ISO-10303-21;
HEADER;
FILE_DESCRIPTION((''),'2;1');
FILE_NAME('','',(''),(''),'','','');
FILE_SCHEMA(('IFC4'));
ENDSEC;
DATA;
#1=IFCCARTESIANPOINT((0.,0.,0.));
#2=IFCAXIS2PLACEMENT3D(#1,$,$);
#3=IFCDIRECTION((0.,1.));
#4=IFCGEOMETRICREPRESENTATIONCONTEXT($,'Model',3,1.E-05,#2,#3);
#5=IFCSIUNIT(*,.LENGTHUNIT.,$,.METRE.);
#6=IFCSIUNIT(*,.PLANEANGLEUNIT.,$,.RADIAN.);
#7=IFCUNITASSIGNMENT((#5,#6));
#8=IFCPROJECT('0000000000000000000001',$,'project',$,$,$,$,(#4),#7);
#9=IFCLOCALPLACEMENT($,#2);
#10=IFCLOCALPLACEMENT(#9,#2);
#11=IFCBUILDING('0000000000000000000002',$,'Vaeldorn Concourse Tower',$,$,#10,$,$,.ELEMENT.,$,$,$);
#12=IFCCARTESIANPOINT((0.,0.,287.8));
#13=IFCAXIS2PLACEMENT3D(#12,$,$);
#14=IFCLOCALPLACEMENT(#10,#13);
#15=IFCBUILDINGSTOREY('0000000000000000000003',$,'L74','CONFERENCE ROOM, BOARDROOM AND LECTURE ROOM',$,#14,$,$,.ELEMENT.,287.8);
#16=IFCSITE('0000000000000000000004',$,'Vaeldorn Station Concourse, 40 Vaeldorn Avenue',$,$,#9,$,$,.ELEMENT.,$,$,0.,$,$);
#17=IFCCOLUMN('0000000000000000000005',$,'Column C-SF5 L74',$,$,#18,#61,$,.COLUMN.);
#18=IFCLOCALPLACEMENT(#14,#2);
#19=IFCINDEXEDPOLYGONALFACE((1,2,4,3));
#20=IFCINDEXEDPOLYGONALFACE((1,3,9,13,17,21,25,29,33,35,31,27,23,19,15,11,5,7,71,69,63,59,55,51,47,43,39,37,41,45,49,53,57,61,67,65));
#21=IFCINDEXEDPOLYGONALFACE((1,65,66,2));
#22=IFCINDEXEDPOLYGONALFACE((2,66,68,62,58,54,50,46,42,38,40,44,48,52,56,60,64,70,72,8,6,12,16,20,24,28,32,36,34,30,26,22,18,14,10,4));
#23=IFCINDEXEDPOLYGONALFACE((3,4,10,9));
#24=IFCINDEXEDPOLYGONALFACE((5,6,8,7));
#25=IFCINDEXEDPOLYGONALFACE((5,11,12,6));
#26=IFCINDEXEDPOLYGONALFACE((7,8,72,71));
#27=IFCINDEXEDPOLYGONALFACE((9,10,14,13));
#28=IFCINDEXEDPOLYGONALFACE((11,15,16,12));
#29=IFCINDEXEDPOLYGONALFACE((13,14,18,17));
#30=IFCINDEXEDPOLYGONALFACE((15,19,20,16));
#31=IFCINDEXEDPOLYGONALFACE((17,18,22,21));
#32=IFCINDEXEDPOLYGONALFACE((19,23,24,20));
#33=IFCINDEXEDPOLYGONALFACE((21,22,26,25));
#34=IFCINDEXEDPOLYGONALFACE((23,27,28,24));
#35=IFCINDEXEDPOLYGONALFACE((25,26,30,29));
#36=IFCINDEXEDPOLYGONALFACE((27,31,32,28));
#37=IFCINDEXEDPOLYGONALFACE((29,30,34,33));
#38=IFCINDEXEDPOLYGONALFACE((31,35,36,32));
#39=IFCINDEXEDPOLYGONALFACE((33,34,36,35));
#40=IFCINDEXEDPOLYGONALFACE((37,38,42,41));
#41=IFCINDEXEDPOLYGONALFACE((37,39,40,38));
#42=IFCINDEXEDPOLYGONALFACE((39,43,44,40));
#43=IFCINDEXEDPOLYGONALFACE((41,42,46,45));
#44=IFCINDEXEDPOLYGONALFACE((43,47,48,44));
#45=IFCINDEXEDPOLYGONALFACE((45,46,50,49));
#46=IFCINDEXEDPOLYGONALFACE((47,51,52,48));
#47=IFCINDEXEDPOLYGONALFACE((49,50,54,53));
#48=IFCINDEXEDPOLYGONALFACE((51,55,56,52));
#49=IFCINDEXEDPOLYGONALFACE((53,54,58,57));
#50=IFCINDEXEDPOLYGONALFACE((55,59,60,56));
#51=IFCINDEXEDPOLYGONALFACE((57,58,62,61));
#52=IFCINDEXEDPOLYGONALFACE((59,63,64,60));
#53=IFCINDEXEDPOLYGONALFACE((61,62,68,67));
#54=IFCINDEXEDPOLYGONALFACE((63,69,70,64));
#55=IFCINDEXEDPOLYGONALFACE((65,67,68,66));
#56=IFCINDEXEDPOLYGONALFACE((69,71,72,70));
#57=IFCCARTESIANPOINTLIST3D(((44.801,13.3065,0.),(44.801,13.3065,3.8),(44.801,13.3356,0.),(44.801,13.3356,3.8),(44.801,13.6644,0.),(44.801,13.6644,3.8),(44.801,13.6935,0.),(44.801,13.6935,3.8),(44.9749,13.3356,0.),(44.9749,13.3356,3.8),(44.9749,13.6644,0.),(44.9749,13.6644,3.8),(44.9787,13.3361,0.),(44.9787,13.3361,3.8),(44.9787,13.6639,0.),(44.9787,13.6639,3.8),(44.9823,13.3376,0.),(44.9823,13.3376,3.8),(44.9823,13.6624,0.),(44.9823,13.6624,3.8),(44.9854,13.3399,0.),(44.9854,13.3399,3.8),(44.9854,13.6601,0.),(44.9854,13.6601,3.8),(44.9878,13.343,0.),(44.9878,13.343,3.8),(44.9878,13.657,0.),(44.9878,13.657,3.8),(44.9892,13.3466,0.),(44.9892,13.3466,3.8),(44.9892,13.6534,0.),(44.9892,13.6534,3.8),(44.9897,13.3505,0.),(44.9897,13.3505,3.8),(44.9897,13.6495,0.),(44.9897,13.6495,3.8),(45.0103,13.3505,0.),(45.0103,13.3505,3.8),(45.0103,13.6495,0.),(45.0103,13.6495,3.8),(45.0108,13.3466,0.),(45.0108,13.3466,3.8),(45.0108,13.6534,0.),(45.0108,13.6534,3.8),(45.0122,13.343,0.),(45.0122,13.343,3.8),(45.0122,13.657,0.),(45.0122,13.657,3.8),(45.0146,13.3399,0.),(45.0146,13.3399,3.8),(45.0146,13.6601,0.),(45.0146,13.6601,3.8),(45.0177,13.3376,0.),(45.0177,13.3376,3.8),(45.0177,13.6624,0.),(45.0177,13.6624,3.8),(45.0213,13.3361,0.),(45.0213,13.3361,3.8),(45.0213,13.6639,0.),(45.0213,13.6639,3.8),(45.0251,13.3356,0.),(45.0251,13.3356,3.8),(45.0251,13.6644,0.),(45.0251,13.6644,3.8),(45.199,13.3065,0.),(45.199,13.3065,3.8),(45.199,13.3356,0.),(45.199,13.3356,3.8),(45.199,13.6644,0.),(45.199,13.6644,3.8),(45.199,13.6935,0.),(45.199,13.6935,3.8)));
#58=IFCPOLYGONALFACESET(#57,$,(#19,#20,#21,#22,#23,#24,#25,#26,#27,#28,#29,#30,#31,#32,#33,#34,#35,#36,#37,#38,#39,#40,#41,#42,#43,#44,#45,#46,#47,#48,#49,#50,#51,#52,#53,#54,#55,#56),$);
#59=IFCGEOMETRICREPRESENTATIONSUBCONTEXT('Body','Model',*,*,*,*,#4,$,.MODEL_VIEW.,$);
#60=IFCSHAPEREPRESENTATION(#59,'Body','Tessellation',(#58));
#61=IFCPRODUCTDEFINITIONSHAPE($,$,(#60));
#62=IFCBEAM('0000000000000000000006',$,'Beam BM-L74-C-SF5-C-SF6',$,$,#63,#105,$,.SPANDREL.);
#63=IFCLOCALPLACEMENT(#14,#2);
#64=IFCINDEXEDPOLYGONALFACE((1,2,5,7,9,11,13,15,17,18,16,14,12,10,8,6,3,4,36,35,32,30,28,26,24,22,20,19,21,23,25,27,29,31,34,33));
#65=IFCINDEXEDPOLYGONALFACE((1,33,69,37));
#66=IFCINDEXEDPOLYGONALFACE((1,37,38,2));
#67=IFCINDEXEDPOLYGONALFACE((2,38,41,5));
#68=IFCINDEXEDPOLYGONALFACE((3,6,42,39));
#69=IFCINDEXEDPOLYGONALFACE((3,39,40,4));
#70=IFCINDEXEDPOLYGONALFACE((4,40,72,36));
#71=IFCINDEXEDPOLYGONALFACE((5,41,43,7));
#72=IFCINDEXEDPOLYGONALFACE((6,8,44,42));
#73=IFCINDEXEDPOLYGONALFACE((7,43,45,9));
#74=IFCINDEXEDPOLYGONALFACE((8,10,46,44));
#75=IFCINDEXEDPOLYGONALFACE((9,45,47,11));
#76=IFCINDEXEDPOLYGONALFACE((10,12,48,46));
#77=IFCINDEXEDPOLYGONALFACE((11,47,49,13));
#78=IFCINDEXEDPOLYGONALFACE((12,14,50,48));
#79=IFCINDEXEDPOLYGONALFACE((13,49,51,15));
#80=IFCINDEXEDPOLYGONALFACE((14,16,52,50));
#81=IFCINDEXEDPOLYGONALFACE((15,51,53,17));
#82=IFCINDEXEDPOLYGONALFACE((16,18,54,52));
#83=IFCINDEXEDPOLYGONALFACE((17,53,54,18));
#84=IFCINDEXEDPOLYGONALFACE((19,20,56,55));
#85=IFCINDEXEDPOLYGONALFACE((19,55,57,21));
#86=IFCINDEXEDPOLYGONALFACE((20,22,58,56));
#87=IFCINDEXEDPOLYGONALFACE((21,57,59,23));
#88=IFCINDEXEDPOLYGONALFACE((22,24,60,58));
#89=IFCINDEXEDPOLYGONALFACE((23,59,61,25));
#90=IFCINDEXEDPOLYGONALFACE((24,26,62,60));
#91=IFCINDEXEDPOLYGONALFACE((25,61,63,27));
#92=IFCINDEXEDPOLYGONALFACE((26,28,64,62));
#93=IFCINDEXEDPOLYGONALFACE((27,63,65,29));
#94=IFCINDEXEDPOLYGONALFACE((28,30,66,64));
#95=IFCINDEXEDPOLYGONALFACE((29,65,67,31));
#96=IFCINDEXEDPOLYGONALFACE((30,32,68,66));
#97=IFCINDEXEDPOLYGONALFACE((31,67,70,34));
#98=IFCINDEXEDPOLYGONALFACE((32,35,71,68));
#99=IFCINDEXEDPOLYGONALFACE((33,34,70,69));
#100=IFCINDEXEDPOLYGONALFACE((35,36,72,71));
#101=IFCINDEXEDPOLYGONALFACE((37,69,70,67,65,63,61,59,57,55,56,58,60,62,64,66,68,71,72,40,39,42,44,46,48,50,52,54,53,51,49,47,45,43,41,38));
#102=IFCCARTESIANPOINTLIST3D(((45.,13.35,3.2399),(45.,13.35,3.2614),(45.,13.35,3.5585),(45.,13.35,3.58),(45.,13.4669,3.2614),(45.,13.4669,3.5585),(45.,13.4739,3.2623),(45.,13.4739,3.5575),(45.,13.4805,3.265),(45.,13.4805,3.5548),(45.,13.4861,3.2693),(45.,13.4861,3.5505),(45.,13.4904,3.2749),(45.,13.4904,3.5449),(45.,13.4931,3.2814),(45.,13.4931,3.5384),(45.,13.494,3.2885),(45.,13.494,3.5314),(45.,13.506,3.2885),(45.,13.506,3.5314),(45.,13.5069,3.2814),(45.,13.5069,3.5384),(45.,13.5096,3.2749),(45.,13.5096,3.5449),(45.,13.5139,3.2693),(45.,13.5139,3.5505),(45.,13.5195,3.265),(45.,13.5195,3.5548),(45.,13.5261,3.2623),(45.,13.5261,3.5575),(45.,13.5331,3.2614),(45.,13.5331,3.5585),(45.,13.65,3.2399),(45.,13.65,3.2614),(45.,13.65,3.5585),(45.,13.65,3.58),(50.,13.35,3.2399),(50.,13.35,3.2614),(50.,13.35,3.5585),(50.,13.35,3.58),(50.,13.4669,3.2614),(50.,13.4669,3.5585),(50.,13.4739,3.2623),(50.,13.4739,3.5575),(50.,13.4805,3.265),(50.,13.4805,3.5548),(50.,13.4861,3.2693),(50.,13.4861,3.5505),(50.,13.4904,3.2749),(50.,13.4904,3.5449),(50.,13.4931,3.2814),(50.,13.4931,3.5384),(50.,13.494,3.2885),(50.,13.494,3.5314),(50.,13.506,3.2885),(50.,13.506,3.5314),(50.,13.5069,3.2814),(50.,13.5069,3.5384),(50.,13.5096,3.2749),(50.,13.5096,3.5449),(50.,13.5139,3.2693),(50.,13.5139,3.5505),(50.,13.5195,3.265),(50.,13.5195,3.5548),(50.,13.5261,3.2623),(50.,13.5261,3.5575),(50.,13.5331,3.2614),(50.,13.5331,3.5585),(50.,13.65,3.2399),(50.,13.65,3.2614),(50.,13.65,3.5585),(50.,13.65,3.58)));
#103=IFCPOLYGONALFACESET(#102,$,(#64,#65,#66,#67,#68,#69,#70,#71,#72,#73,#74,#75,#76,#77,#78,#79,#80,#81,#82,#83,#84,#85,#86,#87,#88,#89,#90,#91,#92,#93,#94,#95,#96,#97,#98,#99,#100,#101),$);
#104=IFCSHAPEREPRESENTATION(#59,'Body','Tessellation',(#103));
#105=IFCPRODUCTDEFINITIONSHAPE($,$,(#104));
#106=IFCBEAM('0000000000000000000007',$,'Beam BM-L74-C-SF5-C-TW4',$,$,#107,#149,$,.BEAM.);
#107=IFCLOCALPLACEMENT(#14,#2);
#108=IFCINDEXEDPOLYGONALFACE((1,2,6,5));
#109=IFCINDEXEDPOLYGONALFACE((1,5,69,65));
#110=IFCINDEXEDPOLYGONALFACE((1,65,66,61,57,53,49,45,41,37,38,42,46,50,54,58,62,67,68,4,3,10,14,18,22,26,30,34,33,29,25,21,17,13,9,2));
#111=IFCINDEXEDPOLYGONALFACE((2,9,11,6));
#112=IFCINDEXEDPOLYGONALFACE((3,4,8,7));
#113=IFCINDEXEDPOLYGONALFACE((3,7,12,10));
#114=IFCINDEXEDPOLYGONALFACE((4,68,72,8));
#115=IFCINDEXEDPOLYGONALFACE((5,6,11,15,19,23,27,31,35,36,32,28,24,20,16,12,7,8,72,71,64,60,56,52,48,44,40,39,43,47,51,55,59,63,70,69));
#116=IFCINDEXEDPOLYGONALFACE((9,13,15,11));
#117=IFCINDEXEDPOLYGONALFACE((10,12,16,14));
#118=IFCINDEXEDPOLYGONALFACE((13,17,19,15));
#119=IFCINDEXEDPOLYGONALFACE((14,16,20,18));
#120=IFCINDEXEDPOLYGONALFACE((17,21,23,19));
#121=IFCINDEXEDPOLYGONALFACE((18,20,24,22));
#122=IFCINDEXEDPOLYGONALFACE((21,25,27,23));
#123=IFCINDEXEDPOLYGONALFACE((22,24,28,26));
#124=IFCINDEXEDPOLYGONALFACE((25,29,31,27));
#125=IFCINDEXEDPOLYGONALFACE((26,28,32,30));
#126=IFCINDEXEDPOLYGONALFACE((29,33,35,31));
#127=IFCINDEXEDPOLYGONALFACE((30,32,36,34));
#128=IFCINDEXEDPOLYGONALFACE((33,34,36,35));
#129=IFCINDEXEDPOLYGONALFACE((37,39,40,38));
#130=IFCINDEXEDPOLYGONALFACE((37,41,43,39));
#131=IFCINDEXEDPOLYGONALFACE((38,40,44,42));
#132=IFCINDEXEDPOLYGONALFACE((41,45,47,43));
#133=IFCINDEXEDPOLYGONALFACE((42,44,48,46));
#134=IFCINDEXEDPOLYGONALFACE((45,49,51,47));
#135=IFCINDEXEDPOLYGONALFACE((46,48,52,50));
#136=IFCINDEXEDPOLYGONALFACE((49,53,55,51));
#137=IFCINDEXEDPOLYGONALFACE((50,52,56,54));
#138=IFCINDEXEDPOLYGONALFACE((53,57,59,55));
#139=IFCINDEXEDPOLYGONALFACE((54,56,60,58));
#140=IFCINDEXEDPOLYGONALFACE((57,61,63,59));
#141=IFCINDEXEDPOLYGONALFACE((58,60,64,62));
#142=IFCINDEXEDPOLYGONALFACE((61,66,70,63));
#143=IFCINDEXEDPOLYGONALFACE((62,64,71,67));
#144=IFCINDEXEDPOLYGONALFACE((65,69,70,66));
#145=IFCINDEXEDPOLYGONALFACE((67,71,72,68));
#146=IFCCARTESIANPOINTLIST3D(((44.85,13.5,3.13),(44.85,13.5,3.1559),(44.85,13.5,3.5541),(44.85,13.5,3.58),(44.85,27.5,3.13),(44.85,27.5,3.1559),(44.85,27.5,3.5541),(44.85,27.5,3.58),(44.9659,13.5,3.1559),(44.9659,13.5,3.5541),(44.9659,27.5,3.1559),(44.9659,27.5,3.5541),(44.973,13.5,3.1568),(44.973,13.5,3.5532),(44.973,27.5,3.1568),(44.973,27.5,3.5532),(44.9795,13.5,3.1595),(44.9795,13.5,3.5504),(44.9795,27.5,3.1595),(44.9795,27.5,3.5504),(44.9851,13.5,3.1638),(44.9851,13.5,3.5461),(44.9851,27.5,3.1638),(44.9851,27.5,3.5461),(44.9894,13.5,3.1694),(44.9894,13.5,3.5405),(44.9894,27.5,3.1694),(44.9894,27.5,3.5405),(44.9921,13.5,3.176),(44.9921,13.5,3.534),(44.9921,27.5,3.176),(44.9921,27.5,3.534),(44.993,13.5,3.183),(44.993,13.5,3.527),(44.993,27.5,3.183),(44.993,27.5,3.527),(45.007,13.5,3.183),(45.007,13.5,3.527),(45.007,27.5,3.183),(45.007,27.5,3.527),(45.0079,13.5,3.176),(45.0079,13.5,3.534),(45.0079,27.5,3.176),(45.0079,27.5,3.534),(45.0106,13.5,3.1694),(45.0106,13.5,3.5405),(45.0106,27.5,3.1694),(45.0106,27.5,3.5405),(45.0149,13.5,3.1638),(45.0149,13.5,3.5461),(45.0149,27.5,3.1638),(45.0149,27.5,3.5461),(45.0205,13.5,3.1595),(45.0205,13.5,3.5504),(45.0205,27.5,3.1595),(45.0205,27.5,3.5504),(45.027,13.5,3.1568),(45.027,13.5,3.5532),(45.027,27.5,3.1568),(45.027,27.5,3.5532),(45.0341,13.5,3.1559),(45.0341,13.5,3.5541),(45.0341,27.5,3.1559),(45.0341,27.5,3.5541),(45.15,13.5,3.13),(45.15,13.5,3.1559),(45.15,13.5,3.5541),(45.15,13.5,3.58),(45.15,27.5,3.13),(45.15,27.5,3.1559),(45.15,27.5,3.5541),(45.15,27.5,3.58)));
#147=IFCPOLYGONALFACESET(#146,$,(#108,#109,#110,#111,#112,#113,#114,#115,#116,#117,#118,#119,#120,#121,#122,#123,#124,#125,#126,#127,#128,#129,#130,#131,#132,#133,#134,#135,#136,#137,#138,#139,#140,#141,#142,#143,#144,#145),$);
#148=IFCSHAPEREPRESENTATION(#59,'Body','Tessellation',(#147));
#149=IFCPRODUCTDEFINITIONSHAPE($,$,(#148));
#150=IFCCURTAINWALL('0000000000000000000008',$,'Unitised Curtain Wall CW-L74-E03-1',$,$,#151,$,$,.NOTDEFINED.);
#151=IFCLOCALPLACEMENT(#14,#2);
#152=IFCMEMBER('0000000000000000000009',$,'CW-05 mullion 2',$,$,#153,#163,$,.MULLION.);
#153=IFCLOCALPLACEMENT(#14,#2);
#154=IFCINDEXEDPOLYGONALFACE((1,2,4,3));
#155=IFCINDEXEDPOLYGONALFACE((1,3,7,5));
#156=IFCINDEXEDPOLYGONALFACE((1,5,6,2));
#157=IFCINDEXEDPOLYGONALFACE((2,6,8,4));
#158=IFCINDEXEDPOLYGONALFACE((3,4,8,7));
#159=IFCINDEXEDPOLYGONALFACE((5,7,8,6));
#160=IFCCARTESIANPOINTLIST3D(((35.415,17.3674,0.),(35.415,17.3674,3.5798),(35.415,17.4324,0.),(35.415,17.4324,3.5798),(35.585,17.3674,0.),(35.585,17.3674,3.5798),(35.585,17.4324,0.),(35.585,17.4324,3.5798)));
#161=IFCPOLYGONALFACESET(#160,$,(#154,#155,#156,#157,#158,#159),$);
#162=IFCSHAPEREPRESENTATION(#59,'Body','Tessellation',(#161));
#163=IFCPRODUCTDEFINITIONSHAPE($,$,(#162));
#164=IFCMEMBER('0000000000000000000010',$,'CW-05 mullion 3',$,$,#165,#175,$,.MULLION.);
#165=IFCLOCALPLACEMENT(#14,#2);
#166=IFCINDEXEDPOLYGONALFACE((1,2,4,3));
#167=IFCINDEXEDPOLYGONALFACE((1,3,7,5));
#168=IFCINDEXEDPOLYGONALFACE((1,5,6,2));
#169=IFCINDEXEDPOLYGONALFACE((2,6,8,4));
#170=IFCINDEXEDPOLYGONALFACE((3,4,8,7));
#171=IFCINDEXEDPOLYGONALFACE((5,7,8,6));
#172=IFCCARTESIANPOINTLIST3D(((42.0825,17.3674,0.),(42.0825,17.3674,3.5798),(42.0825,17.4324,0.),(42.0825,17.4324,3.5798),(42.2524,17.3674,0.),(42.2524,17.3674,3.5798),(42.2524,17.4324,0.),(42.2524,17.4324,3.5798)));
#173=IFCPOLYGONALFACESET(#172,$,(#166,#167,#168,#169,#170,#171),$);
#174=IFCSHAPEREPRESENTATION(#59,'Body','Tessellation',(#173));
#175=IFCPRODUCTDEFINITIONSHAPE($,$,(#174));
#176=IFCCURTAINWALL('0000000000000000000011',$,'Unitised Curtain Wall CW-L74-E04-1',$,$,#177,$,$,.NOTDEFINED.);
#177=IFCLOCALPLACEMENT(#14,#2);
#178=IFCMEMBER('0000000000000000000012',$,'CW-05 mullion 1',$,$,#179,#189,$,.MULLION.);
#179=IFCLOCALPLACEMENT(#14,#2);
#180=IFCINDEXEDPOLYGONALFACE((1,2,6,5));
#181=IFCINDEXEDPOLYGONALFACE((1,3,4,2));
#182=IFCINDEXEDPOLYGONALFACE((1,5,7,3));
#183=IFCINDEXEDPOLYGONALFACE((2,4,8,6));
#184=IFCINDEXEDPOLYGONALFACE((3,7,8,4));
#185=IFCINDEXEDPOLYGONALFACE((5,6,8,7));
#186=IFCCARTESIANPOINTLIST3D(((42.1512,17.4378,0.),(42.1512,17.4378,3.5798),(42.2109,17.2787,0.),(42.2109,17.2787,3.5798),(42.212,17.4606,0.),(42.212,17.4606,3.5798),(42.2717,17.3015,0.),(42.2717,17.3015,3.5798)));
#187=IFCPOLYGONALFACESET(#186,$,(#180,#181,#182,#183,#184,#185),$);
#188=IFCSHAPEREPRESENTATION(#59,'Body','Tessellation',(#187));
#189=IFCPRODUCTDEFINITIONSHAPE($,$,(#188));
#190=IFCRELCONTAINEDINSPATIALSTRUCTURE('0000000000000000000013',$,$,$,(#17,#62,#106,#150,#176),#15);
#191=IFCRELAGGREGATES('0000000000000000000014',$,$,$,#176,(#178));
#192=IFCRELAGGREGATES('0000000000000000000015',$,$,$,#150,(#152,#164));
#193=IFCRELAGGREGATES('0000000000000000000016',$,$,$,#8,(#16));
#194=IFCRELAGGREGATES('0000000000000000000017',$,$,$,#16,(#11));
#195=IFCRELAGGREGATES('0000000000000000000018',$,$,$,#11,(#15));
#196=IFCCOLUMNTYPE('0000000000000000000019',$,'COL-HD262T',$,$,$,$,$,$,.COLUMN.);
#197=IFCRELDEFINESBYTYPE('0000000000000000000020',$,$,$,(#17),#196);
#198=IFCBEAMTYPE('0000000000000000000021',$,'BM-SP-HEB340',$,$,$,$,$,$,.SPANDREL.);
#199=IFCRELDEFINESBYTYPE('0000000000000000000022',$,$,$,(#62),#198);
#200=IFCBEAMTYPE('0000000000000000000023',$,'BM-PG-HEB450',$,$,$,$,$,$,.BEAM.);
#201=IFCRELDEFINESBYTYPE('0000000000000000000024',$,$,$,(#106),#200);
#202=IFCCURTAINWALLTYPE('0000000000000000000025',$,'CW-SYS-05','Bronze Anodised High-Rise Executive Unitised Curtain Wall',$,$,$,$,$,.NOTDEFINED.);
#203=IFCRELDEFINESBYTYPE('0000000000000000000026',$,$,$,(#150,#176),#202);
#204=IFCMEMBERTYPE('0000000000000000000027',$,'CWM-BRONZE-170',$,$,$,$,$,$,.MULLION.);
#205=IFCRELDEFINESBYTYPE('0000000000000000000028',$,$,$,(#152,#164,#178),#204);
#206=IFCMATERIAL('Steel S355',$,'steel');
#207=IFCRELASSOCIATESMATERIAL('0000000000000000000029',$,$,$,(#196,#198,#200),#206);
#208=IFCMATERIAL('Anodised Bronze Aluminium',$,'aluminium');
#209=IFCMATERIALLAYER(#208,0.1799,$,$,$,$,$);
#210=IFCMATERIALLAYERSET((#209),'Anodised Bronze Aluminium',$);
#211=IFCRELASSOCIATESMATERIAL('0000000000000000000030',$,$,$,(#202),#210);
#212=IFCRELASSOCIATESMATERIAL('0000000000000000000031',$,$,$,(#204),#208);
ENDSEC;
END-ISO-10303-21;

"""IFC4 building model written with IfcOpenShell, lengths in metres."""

from ifc_helpers import new_model, si_unit, direction, frame, origin, origin_2d, place, context, subcontext, project, spatial, rectangle, i_section, extrude, source, transform, mapped, material, layer, layer_set, material_profile, profile_set, type_object, element, aggregate, save


model = new_model("IFC4")

# Units and contexts
model_context = context("Model", 3, precision=1e-05, world=origin(), true_north=direction((0.0, 1.0)))
body_context = subcontext(model_context, "Body", "Model", "MODEL_VIEW")
ifc_project = project(units=[si_unit("LENGTHUNIT", "METRE"), si_unit("PLANEANGLEUNIT", "RADIAN")], contexts=[model_context])

# Site, building, storey
site_placement = place(None, origin())
site = spatial("IfcSite", under=ifc_project, at=site_placement, Name="Vaeldorn Station Concourse, 40 Vaeldorn Avenue", CompositionType="ELEMENT", RefElevation=0.0)
building_placement = place(site_placement, origin())
building = spatial("IfcBuilding", under=site, at=building_placement, Name="Vaeldorn Concourse Tower", CompositionType="ELEMENT")
storey_placement = place(building_placement, frame((0.0, 0.0, 287.8)))
storey = spatial("IfcBuildingStorey", under=building, at=storey_placement, Name="L74", Description="CONFERENCE ROOM, BOARDROOM AND LECTURE ROOM", CompositionType="ELEMENT", Elevation=287.8)

# Column
ifc_material_1 = material(Name="Steel S355", Category="steel")
ifc_material_profile_1 = material_profile(ifc_material_1, i_section(OverallWidth=0.3979, OverallDepth=0.387, WebThickness=0.0205, FlangeThickness=0.0291, FilletRadius=0.0149, at=origin_2d()), Name="HD 400x262")
ifc_profile_set_1 = profile_set([ifc_material_profile_1], Name="Steel S355")
column_type = type_object("IfcColumnType", Name="COL-HD262T", PredefinedType="COLUMN", material=ifc_profile_set_1)
shared_shape_1 = source(origin(), body_context, "Body", "SweptSolid", [
    extrude(i_section(OverallWidth=0.3979, OverallDepth=0.387, WebThickness=0.0205, FlangeThickness=0.0291, FilletRadius=0.0149, at=origin_2d()), origin(), (0.0, 0.0, 1.0), 3.8),
])
column_placement = place(storey_placement, frame((45.0, 13.5, 0.0), z_axis=(0.0, 0.0, 1.0), x_axis=(1.0, 0.0, 0.0)))
element("IfcColumn", 1, at=column_placement, inside=storey, type_object=column_type, Name="Column C-SF5 L74", PredefinedType="COLUMN", context=body_context, shape_type="MappedRepresentation", body=[
    mapped(shared_shape_1, transform((0.0, 0.0, 0.0), scale=1.0)),
])

# Beams
ifc_material_profile_2 = material_profile(ifc_material_1, i_section(OverallWidth=0.3, OverallDepth=0.3401, WebThickness=0.012, FlangeThickness=0.0215, FilletRadius=0.0271, at=origin_2d()), Name="HEB 340")
ifc_profile_set_2 = profile_set([ifc_material_profile_2], Name="Steel S355")
beam_type_1 = type_object("IfcBeamType", Name="BM-SP-HEB340", PredefinedType="SPANDREL", material=ifc_profile_set_2)
shared_shape_2 = source(origin(), body_context, "Body", "SweptSolid", [
    extrude(i_section(OverallWidth=0.3, OverallDepth=0.3401, WebThickness=0.012, FlangeThickness=0.0215, FilletRadius=0.0271, at=origin_2d()), origin(), (0.0, 0.0, 1.0), 5.0),
])
beam_1_placement = place(storey_placement, frame((45.0, 13.5, 3.4099), z_axis=(1.0, 0.0, 0.0), x_axis=(0.0, 1.0, 0.0)))
element("IfcBeam", 2, at=beam_1_placement, inside=storey, type_object=beam_type_1, Name="Beam BM-L74-C-SF5-C-SF6", PredefinedType="SPANDREL", context=body_context, shape_type="MappedRepresentation", body=[
    mapped(shared_shape_2, transform((0.0, 0.0, 0.0), scale=1.0)),
])
ifc_material_profile_3 = material_profile(ifc_material_1, i_section(OverallWidth=0.3, OverallDepth=0.45, WebThickness=0.0139, FlangeThickness=0.0259, FilletRadius=0.0271, at=origin_2d()), Name="HEB 450")
ifc_profile_set_3 = profile_set([ifc_material_profile_3], Name="Steel S355")
beam_type_2 = type_object("IfcBeamType", Name="BM-PG-HEB450", PredefinedType="BEAM", material=ifc_profile_set_3)
shared_shape_3 = source(origin(), body_context, "Body", "SweptSolid", [
    extrude(i_section(OverallWidth=0.3, OverallDepth=0.45, WebThickness=0.0139, FlangeThickness=0.0259, FilletRadius=0.0271, at=origin_2d()), origin(), (0.0, 0.0, 1.0), 14.0),
])
beam_2_placement = place(storey_placement, frame((45.0, 13.5, 3.355), z_axis=(0.0, 1.0, 0.0), x_axis=(-1.0, 0.0, 0.0)))
element("IfcBeam", 3, at=beam_2_placement, inside=storey, type_object=beam_type_2, Name="Beam BM-L74-C-SF5-C-TW4", PredefinedType="BEAM", context=body_context, shape_type="MappedRepresentation", body=[
    mapped(shared_shape_3, transform((0.0, 0.0, 0.0), scale=1.0)),
])

# Curtain walls, members
ifc_material_2 = material(Name="Anodised Bronze Aluminium", Category="aluminium")
ifc_layer_1 = layer(ifc_material_2, 0.1799)
ifc_layer_set_1 = layer_set([ifc_layer_1], Name="Anodised Bronze Aluminium")
curtain_wall_type = type_object("IfcCurtainWallType", Name="CW-SYS-05", Description="Bronze Anodised High-Rise Executive Unitised Curtain Wall", PredefinedType="NOTDEFINED", material=ifc_layer_set_1)
curtain_wall_1_placement = place(storey_placement, origin())
curtain_wall_1 = element("IfcCurtainWall", 4, at=curtain_wall_1_placement, inside=storey, type_object=curtain_wall_type, Name="Unitised Curtain Wall CW-L74-E03-1", PredefinedType="NOTDEFINED")
ifc_material_profile_4 = material_profile(ifc_material_2, rectangle(XDim=0.0649, YDim=0.1699, at=origin_2d()), Name="CWM 65x170")
ifc_profile_set_4 = profile_set([ifc_material_profile_4], Name="Anodised Bronze Aluminium")
member_type_1 = type_object("IfcMemberType", Name="CWM-BRONZE-170", PredefinedType="MULLION", material=ifc_profile_set_4)
shared_shape_4 = source(origin(), body_context, "Body", "SweptSolid", [
    extrude(rectangle(XDim=0.0649, YDim=0.1699, at=origin_2d()), origin(), (0.0, 0.0, 1.0), 3.5798),
])
member_1_placement = place(storey_placement, frame((35.5, 17.3999, 0.0), z_axis=(0.0, 0.0, 1.0), x_axis=(0.0, 1.0, 0.0)))
member_1 = element("IfcMember", 5, at=member_1_placement, type_object=member_type_1, Name="CW-05 mullion 2", PredefinedType="MULLION", context=body_context, shape_type="MappedRepresentation", body=[
    mapped(shared_shape_4, transform((0.0, 0.0, 0.0), scale=1.0)),
])
member_2_placement = place(storey_placement, frame((42.1675, 17.3999, 0.0), z_axis=(0.0, 0.0, 1.0), x_axis=(0.0, 1.0, 0.0)))
member_2 = element("IfcMember", 6, at=member_2_placement, type_object=member_type_1, Name="CW-05 mullion 3", PredefinedType="MULLION", context=body_context, shape_type="MappedRepresentation", body=[
    mapped(shared_shape_4, transform((0.0, 0.0, 0.0), scale=1.0)),
])
curtain_wall_2_placement = place(storey_placement, origin())
curtain_wall_2 = element("IfcCurtainWall", 7, at=curtain_wall_2_placement, inside=storey, type_object=curtain_wall_type, Name="Unitised Curtain Wall CW-L74-E04-1", PredefinedType="NOTDEFINED")
member_3_placement = place(storey_placement, frame((42.2114, 17.3696, 0.0), z_axis=(0.0, 0.0, 1.0), x_axis=(0.936329, 0.351123, 0.0)))
member_3 = element("IfcMember", 8, at=member_3_placement, type_object=member_type_1, Name="CW-05 mullion 1", PredefinedType="MULLION", context=body_context, shape_type="MappedRepresentation", body=[
    mapped(shared_shape_4, transform((0.0, 0.0, 0.0), scale=1.0)),
])

aggregate(curtain_wall_2, [member_3])
aggregate(curtain_wall_1, [member_1, member_2])

save(model, "model.ifc")
